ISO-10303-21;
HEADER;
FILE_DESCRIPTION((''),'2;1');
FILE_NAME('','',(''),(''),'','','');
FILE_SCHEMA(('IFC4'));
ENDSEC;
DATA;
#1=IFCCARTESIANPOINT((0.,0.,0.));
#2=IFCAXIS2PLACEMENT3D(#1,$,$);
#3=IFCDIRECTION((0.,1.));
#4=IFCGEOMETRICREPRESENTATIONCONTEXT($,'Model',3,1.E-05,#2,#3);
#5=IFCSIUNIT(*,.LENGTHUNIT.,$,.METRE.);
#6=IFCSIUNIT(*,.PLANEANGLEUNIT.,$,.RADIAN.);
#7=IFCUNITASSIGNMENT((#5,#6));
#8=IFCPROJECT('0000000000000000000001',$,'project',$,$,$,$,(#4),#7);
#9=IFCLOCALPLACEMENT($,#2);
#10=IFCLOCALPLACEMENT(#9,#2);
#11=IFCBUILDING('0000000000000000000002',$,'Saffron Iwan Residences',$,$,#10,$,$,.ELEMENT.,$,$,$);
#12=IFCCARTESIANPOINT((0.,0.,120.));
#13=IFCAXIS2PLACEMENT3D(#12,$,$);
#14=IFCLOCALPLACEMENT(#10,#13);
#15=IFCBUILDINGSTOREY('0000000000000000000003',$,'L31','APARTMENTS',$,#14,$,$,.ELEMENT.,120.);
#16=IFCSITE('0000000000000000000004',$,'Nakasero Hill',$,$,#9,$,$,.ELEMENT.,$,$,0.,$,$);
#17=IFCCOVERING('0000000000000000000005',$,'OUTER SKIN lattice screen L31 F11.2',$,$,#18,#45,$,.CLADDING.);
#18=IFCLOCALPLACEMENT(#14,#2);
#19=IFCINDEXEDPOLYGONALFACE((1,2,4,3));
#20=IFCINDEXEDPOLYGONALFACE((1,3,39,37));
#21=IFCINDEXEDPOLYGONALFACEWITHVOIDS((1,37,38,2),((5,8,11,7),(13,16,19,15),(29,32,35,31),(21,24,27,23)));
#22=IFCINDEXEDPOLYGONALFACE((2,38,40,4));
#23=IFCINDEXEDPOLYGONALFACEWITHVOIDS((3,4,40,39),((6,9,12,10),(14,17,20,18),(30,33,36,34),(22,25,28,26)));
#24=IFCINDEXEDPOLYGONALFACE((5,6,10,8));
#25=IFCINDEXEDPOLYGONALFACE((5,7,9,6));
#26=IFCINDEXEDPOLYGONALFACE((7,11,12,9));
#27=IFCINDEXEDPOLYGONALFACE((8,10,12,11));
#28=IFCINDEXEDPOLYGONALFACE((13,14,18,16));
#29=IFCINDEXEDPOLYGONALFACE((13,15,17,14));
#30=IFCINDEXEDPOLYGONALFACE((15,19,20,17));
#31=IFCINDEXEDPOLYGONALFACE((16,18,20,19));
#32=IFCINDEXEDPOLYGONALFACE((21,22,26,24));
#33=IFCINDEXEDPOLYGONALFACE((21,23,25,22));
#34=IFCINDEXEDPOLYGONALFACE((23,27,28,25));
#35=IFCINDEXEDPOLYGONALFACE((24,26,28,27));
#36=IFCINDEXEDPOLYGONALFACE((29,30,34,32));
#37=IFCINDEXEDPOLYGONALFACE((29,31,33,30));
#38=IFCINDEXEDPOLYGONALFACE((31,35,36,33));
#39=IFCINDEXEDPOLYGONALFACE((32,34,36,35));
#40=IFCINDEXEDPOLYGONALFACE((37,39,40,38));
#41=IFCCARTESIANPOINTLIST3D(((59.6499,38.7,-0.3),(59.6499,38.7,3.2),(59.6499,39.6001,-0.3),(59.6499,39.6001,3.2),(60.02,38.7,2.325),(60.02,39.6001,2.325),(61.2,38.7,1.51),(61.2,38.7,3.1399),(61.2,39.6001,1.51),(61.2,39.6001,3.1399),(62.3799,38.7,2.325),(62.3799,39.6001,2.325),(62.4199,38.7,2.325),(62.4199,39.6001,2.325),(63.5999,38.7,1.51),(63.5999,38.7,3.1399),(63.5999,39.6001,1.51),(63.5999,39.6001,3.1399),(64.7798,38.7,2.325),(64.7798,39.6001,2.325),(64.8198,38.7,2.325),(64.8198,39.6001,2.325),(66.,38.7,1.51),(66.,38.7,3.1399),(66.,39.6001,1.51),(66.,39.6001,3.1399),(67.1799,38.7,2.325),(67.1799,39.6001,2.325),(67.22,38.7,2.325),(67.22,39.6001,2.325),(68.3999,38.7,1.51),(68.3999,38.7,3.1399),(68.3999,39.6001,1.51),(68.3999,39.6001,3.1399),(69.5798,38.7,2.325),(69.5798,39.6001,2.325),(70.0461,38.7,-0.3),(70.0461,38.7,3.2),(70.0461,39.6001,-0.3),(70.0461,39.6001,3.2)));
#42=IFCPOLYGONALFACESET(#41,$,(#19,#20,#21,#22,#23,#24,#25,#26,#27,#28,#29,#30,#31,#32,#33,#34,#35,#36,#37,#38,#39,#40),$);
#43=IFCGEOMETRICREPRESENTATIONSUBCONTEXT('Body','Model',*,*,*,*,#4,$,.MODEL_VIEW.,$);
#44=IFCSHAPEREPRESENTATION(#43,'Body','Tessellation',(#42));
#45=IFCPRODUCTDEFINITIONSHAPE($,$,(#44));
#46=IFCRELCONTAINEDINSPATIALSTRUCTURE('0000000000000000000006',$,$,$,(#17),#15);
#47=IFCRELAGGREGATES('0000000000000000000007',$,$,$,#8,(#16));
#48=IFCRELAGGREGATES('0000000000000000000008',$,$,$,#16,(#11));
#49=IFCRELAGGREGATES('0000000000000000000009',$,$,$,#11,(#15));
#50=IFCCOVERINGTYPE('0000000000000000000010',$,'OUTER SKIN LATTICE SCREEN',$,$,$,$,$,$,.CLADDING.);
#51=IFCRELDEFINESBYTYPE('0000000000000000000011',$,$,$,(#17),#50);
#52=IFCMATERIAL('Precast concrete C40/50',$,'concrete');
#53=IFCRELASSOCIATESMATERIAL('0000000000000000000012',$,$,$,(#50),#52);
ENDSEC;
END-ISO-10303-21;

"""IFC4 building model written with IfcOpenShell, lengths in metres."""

from ifc_helpers import new_model, si_unit, direction, frame, origin, place, context, subcontext, project, spatial, polyline, outline, extrude, material, type_object, element, save


model = new_model("IFC4")

# Units and contexts
model_context = context("Model", 3, precision=1e-05, world=origin(), true_north=direction((0.0, 1.0)))
body_context = subcontext(model_context, "Body", "Model", "MODEL_VIEW")
ifc_project = project(units=[si_unit("LENGTHUNIT", "METRE"), si_unit("PLANEANGLEUNIT", "RADIAN")], contexts=[model_context])

# Site, building, storey
site_placement = place(None, origin())
site = spatial("IfcSite", under=ifc_project, at=site_placement, Name="Nakasero Hill", CompositionType="ELEMENT", RefElevation=0.0)
building_placement = place(site_placement, origin())
building = spatial("IfcBuilding", under=site, at=building_placement, Name="Saffron Iwan Residences", CompositionType="ELEMENT")
storey_placement = place(building_placement, frame((0.0, 0.0, 120.0)))
storey = spatial("IfcBuildingStorey", under=building, at=storey_placement, Name="L31", Description="APARTMENTS", CompositionType="ELEMENT", Elevation=120.0)

# Covering
ifc_material_1 = material(Name="Precast concrete C40/50", Category="concrete")
covering_type = type_object("IfcCoveringType", Name="OUTER SKIN LATTICE SCREEN", PredefinedType="CLADDING", material=ifc_material_1)
covering_placement = place(storey_placement, frame((59.6499, 39.6001, -0.3), z_axis=(0.0, -1.0, 0.0), x_axis=(1.0, 0.0, 0.0)))
element("IfcCovering", 1, at=covering_placement, inside=storey, type_object=covering_type, Name="OUTER SKIN lattice screen L31 F11.2", PredefinedType="CLADDING", context=body_context, shape_type="SweptSolid", body=[
    extrude(outline(polyline([(0.0, 0.0), (10.3962, 0.0), (10.3962, 3.5), (0.0, 3.5), (0.0, 0.0)]), holes=[polyline([(0.3701, 2.625), (1.55, 1.8101), (2.73, 2.625), (1.55, 3.4399), (0.3701, 2.625)]), polyline([(2.77, 2.625), (3.95, 1.8101), (5.1299, 2.625), (3.95, 3.4399), (2.77, 2.625)]), polyline([(5.1699, 2.625), (6.3501, 1.8101), (7.53, 2.625), (6.3501, 3.4399), (5.1699, 2.625)]), polyline([(7.5701, 2.625), (8.75, 1.8101), (9.9299, 2.625), (8.75, 3.4399), (7.5701, 2.625)])]), origin(), (0.0, 0.0, 1.0), 0.9001),
])

save(model, "model.ifc")
